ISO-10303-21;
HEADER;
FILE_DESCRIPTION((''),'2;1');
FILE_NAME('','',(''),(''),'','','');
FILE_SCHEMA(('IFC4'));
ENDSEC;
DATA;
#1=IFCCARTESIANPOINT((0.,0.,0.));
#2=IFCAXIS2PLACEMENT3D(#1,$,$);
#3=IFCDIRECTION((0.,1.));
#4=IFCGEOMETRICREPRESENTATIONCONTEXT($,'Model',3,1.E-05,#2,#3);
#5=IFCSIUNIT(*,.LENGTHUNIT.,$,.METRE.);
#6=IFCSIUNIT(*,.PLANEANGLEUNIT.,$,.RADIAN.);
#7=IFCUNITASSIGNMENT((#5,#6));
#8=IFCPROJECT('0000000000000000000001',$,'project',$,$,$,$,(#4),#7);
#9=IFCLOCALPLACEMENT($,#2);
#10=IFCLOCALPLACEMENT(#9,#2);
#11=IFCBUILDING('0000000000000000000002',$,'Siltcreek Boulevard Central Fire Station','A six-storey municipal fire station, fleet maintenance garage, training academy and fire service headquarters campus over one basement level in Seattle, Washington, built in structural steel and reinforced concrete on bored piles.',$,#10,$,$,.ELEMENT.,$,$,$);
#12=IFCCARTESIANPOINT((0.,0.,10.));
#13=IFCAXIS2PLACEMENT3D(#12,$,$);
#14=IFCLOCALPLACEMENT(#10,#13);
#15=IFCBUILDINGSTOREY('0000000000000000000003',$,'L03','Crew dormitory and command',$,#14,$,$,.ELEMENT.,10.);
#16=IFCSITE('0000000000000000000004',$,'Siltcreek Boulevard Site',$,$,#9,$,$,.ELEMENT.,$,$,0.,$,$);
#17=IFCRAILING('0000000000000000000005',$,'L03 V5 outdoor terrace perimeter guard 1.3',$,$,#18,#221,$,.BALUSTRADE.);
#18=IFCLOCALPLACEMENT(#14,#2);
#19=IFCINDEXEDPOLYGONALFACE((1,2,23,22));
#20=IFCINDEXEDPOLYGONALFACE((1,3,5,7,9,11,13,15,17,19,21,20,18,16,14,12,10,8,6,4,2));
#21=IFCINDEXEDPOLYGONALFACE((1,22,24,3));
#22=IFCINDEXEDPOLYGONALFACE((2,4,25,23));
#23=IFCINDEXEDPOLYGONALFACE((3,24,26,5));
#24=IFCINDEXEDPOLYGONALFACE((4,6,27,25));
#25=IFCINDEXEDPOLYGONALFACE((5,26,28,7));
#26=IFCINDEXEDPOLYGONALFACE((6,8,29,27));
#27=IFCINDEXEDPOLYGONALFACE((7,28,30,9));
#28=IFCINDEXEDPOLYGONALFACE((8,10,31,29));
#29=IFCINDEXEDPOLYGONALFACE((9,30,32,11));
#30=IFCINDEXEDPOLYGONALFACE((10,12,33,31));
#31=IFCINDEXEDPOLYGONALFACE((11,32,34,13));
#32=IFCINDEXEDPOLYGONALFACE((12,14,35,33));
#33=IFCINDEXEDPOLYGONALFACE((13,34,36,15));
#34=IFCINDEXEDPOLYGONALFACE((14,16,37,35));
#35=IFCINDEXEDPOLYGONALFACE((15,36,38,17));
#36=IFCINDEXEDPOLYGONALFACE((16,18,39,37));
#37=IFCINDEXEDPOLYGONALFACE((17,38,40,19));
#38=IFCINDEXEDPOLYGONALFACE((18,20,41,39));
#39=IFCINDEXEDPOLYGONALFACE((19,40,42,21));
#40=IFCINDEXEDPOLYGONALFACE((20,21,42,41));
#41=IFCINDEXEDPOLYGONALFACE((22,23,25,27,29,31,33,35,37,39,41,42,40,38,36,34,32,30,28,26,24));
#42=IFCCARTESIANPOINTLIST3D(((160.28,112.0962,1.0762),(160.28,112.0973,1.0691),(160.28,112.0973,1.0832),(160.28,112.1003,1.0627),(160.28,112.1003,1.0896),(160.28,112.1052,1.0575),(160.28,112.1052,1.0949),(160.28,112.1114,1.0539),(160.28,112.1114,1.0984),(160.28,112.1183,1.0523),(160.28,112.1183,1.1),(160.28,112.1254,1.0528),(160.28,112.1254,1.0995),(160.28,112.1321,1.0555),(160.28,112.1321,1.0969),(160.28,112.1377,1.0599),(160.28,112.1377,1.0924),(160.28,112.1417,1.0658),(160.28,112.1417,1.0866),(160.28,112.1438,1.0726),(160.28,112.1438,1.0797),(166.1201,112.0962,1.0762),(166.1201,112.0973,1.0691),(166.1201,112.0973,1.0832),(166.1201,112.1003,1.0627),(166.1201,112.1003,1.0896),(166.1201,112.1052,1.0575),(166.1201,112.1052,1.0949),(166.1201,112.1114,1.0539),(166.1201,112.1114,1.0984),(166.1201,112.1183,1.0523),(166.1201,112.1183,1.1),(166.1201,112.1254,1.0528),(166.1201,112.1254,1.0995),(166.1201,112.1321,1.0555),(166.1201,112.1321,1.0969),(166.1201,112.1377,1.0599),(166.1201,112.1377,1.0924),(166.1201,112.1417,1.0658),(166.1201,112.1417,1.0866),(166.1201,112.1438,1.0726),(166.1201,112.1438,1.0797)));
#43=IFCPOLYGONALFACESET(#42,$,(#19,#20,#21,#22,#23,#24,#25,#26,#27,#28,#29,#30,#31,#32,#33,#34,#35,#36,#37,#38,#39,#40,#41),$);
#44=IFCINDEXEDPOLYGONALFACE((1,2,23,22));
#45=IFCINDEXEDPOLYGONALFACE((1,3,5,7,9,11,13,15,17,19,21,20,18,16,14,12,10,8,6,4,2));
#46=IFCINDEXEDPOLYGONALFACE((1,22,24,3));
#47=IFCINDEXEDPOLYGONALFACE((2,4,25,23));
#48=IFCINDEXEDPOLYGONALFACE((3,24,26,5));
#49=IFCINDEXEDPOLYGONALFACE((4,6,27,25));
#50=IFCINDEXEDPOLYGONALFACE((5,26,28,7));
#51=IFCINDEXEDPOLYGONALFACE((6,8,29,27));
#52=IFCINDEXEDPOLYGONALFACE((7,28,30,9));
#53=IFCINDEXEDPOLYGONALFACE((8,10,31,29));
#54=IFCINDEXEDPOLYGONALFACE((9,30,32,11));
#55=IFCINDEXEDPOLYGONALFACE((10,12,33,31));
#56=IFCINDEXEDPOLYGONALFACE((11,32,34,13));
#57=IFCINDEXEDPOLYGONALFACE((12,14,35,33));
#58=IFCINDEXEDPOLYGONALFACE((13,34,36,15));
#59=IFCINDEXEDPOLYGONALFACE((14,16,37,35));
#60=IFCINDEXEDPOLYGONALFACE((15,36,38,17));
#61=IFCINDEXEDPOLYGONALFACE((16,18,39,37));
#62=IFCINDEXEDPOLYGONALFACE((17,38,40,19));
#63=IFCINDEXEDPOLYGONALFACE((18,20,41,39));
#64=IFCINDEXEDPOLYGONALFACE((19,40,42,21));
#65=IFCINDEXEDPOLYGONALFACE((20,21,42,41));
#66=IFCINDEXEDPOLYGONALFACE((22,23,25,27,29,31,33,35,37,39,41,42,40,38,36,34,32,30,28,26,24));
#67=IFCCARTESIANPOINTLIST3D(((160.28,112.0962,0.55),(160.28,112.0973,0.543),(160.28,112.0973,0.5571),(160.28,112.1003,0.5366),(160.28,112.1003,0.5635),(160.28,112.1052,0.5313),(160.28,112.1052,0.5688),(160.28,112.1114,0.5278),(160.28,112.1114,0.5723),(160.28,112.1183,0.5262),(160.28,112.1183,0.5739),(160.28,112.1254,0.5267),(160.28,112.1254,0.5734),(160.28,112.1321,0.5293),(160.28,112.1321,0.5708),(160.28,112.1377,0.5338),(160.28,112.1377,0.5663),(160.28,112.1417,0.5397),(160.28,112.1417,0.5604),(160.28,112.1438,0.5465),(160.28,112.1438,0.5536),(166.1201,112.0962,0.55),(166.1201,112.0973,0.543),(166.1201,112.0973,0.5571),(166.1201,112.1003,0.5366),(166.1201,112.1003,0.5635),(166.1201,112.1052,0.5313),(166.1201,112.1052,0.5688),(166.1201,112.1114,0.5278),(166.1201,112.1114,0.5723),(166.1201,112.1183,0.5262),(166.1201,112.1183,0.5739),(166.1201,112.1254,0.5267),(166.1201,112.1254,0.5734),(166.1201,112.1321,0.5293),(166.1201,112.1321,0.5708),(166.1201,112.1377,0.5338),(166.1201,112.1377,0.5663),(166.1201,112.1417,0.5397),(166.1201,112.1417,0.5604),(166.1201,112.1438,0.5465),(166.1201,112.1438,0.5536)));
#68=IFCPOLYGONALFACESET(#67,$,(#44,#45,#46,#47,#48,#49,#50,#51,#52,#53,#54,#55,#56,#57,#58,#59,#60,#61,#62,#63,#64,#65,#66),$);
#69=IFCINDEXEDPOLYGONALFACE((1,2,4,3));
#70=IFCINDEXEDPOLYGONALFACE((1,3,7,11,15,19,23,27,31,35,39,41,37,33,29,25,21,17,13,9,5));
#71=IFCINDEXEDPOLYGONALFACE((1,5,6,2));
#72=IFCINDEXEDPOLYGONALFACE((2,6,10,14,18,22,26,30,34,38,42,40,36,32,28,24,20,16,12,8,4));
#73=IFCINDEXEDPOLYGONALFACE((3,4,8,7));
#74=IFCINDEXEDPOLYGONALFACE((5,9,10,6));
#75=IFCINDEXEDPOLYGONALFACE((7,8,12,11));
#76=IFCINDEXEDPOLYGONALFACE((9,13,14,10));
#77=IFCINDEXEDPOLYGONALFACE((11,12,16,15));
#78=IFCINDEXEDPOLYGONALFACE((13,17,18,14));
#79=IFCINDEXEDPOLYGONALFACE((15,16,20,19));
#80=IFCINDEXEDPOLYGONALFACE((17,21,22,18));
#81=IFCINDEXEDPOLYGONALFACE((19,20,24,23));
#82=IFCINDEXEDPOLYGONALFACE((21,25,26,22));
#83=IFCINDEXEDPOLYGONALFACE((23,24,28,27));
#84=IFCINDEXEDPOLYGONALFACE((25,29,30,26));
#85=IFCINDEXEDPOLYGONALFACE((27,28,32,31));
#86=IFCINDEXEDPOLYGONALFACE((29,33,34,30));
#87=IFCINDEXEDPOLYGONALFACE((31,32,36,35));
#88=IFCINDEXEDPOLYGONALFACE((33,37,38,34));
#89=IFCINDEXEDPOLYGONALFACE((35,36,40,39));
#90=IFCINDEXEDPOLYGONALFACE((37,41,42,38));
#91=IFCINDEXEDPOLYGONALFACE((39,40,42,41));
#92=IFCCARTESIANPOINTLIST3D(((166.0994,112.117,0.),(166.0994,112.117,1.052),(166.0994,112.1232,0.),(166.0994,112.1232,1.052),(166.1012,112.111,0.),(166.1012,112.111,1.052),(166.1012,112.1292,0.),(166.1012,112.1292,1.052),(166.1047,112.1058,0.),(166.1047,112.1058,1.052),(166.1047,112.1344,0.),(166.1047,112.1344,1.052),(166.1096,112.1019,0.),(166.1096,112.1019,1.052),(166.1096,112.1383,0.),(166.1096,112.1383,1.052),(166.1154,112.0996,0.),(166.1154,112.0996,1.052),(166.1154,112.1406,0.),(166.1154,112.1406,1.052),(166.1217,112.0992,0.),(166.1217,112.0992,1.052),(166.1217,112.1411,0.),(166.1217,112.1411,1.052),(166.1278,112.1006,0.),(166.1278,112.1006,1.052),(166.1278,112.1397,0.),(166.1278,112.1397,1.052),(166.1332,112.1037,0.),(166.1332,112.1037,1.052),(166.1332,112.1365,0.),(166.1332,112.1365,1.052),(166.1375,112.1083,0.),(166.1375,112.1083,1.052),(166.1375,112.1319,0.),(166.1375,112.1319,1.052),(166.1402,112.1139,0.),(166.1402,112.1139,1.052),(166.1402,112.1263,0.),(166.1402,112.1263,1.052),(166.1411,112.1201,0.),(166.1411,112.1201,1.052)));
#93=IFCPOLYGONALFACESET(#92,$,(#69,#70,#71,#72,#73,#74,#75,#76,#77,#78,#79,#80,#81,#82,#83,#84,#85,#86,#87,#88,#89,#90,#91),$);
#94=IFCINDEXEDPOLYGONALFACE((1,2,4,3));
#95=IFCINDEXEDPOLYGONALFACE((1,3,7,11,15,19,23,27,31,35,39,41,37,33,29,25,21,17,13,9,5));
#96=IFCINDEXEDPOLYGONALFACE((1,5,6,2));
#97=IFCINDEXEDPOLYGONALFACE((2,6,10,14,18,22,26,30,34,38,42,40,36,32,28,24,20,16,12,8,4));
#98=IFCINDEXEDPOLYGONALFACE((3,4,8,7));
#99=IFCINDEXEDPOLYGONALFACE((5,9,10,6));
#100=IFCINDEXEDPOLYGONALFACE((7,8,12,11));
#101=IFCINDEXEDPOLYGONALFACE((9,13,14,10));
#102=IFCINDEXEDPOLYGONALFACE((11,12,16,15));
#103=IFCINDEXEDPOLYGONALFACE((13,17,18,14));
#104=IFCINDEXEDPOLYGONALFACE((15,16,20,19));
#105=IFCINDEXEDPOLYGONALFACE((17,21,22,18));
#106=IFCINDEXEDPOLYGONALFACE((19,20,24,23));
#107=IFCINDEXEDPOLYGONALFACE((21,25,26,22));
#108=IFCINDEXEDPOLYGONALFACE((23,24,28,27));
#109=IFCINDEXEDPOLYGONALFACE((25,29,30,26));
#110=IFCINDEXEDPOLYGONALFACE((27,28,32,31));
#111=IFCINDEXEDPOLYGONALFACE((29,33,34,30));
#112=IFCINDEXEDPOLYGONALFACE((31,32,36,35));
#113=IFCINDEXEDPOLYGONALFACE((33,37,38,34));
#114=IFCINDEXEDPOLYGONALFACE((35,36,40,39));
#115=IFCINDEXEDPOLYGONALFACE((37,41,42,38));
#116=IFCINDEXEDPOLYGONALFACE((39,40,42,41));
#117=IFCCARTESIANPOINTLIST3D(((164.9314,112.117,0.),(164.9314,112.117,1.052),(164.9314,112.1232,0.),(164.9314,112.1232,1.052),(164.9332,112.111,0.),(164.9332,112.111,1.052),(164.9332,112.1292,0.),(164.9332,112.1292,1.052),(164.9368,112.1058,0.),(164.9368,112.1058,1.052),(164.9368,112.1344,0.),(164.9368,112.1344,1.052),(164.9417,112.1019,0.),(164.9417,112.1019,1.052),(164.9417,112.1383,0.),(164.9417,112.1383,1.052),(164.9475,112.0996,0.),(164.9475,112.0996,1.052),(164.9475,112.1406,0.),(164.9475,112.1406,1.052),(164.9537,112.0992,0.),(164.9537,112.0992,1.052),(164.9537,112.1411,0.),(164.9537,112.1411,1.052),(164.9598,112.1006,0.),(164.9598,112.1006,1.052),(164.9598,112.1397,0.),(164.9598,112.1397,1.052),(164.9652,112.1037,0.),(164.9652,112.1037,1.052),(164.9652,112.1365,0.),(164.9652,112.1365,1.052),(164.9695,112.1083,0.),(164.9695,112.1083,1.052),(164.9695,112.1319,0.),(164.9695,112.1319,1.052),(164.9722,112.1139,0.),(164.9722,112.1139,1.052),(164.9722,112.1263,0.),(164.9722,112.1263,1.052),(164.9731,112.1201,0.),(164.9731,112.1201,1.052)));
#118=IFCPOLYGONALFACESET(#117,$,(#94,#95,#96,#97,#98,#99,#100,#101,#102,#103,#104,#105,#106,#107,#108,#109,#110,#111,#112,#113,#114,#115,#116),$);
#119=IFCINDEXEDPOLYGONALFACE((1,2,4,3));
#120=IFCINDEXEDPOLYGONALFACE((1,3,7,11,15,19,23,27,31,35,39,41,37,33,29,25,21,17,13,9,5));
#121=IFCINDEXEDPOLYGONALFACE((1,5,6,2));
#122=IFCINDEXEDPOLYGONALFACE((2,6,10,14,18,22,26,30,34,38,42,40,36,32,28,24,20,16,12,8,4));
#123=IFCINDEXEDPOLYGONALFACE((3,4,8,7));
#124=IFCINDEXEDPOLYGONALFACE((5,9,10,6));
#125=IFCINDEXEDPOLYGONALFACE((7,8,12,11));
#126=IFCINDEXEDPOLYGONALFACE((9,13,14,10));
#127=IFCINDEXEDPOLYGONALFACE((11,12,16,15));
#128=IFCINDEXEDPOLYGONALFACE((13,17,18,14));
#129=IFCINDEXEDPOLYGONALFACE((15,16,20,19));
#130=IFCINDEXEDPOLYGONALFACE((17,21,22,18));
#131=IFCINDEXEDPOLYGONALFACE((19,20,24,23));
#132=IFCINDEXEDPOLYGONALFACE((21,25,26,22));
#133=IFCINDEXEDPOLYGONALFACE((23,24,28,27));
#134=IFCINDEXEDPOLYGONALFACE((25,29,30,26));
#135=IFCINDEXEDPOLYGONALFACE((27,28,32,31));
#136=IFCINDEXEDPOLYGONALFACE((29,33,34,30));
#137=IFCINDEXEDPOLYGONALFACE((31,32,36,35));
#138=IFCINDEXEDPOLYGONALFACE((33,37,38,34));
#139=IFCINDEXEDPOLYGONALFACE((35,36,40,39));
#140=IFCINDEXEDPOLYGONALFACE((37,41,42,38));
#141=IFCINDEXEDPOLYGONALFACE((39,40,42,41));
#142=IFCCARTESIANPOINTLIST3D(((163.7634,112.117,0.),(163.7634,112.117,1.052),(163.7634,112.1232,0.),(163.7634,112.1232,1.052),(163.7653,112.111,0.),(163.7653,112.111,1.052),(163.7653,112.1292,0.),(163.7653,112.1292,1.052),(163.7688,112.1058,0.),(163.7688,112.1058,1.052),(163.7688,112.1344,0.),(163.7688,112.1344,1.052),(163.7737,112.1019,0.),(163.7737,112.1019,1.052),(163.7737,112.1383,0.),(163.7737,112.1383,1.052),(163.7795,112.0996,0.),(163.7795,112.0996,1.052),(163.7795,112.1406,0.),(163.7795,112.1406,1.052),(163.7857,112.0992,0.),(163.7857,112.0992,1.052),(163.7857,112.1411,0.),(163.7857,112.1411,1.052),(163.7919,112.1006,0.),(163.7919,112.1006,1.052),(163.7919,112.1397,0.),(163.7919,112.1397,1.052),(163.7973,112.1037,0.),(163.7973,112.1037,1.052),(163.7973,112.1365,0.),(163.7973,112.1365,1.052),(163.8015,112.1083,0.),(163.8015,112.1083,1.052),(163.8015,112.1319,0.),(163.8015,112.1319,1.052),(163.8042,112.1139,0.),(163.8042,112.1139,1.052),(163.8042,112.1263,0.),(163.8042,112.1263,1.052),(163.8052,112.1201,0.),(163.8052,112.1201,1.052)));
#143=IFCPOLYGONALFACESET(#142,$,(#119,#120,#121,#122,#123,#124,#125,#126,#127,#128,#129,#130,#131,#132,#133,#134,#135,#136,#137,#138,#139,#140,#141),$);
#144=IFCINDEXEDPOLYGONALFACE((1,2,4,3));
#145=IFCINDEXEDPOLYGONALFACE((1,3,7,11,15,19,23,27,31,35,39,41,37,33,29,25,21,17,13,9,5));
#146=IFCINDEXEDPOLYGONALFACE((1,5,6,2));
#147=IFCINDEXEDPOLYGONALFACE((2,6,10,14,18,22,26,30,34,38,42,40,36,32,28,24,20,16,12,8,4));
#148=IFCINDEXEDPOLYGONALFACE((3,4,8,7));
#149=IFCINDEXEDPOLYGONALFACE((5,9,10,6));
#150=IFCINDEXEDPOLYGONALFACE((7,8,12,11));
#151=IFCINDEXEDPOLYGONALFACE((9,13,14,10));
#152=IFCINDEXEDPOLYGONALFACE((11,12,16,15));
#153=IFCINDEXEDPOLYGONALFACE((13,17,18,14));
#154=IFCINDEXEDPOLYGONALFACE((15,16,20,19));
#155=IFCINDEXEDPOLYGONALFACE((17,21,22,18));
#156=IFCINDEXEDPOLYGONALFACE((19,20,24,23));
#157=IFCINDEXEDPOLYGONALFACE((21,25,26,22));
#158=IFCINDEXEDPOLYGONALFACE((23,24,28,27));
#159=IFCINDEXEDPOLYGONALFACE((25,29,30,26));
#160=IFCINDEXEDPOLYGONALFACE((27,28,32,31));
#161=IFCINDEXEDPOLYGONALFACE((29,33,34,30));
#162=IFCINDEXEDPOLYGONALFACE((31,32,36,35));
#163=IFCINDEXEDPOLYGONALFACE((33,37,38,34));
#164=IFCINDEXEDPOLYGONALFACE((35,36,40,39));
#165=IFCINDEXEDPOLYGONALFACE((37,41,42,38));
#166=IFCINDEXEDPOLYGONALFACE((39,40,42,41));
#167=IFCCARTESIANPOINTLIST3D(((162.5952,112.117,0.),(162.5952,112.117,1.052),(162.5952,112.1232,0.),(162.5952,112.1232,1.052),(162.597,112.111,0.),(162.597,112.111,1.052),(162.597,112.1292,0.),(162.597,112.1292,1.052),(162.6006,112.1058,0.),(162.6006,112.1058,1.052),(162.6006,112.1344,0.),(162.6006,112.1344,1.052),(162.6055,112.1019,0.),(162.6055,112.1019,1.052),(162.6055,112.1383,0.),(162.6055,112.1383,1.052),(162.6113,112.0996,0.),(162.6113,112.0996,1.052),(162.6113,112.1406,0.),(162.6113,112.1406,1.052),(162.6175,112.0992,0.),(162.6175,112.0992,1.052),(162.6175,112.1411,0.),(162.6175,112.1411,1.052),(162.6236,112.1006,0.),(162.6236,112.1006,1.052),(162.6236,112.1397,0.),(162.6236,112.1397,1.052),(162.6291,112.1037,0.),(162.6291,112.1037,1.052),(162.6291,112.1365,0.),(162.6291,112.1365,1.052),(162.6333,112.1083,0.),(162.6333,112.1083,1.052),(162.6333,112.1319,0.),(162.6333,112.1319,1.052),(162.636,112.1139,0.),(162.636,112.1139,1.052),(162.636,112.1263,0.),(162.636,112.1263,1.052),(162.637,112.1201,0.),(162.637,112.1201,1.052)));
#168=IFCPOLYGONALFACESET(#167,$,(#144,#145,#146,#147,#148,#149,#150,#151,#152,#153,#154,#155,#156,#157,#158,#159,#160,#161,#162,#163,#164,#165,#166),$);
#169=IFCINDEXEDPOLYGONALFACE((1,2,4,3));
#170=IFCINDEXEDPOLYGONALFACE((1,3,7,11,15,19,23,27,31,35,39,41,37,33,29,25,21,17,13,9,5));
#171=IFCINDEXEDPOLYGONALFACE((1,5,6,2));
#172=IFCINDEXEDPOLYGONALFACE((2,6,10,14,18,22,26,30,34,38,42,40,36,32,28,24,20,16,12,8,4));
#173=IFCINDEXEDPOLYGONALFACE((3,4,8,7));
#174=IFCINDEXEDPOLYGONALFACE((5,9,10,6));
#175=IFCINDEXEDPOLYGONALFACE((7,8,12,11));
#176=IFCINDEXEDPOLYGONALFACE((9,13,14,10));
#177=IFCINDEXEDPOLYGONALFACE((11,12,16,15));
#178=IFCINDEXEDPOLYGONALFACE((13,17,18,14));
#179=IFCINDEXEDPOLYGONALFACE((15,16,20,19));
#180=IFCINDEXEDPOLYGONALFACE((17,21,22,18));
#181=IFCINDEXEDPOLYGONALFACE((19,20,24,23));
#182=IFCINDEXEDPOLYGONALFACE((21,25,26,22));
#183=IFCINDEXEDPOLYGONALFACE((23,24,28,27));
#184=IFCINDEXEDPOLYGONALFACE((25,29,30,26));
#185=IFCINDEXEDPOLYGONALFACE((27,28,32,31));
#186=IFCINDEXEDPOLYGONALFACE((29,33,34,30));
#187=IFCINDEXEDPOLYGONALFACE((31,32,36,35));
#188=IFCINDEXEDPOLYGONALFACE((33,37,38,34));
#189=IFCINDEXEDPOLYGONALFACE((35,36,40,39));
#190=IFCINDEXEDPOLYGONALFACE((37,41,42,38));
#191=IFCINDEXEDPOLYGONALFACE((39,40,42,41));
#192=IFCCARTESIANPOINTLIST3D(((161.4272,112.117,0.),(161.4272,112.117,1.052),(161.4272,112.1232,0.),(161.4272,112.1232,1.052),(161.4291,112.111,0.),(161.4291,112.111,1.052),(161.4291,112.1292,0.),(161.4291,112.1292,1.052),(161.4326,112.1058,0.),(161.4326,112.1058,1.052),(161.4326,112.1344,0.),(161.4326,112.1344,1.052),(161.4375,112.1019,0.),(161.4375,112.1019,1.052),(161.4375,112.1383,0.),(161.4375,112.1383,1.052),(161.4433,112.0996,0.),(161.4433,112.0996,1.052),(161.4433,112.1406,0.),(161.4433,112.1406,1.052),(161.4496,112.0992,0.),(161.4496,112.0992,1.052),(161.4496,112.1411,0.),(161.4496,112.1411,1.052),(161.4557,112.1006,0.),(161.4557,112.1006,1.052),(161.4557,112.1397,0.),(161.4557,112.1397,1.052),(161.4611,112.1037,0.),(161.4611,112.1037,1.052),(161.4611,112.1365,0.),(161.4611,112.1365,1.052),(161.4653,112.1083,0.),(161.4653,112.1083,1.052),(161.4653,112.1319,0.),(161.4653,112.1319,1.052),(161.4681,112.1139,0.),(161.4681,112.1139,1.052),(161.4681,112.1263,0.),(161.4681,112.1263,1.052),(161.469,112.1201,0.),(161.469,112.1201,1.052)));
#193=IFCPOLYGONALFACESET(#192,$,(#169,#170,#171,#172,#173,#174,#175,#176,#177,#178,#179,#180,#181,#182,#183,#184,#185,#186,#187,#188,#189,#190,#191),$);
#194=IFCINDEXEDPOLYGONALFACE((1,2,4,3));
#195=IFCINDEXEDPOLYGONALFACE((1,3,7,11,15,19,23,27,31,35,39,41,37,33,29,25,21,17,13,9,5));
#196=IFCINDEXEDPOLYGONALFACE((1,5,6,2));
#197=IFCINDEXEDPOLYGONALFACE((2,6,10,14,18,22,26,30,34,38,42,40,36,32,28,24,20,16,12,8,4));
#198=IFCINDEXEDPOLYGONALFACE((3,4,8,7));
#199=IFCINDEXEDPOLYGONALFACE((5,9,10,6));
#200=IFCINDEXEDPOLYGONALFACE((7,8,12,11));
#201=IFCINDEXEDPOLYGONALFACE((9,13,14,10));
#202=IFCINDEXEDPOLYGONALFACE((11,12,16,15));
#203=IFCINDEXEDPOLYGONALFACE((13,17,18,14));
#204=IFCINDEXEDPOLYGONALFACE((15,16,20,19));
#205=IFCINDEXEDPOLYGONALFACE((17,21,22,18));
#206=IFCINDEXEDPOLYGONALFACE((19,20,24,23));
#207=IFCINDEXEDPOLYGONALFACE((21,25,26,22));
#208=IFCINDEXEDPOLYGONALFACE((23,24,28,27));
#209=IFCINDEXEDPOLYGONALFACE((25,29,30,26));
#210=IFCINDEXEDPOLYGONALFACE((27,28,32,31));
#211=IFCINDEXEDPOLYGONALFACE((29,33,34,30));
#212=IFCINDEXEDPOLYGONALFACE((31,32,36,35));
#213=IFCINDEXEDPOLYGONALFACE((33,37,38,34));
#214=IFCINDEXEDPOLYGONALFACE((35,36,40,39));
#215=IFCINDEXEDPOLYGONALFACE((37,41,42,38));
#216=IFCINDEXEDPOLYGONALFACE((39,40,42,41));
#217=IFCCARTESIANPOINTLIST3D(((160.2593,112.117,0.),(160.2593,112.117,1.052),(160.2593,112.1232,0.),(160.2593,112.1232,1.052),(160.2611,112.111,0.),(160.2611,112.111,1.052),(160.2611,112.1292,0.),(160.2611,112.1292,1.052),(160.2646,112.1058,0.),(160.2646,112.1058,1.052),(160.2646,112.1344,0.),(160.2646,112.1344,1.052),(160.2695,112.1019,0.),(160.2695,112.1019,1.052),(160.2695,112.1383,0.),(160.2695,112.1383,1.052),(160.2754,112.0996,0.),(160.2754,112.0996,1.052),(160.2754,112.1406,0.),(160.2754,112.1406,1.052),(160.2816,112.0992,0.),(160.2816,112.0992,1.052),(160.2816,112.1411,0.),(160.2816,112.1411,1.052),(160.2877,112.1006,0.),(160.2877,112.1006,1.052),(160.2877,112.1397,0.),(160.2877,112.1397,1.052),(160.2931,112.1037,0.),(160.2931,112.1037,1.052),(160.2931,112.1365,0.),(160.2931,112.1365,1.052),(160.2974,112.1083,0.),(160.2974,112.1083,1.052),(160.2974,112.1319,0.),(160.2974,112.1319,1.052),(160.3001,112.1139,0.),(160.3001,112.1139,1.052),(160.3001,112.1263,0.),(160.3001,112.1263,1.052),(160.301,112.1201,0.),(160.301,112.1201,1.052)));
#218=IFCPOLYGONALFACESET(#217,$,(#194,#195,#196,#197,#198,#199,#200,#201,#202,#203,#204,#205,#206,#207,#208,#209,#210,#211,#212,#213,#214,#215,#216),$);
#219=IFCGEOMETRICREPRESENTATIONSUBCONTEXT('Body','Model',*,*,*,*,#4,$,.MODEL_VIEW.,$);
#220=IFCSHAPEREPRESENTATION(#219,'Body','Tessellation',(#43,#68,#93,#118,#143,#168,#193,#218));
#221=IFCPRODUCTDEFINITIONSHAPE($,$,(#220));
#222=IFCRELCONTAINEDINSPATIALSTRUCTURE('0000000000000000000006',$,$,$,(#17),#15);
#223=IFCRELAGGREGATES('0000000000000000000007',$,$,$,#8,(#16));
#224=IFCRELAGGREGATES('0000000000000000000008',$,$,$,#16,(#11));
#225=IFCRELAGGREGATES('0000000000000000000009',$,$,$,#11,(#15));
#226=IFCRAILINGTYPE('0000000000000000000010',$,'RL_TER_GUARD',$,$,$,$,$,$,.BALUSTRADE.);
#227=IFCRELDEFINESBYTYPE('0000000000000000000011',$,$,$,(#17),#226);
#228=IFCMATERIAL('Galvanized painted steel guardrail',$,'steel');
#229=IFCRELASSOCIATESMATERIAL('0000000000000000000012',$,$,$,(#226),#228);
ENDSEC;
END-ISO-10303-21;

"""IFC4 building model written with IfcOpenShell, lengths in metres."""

from ifc_helpers import new_model, si_unit, direction, frame, origin, origin_2d, place, context, subcontext, project, spatial, circle, extrude, material, type_object, element, save


model = new_model("IFC4")

# Units and contexts
model_context = context("Model", 3, precision=1e-05, world=origin(), true_north=direction((0.0, 1.0)))
body_context = subcontext(model_context, "Body", "Model", "MODEL_VIEW")
ifc_project = project(units=[si_unit("LENGTHUNIT", "METRE"), si_unit("PLANEANGLEUNIT", "RADIAN")], contexts=[model_context])

# Site, building, storey
site_placement = place(None, origin())
site = spatial("IfcSite", under=ifc_project, at=site_placement, Name="Siltcreek Boulevard Site", CompositionType="ELEMENT", RefElevation=0.0)
building_placement = place(site_placement, origin())
building = spatial("IfcBuilding", under=site, at=building_placement, Name="Siltcreek Boulevard Central Fire Station", Description="A six-storey municipal fire station, fleet maintenance garage, training academy and fire service headquarters campus over one basement level in Seattle, Washington, built in structural steel and reinforced concrete on bored piles.", CompositionType="ELEMENT")
storey_placement = place(building_placement, frame((0.0, 0.0, 10.0)))
storey = spatial("IfcBuildingStorey", under=building, at=storey_placement, Name="L03", Description="Crew dormitory and command", CompositionType="ELEMENT", Elevation=10.0)

# Railing
ifc_material_1 = material(Name="Galvanized painted steel guardrail", Category="steel")
railing_type = type_object("IfcRailingType", Name="RL_TER_GUARD", PredefinedType="BALUSTRADE", material=ifc_material_1)
railing_placement = place(storey_placement, frame((166.1201, 112.1201, 0.0)))
element("IfcRailing", 1, at=railing_placement, inside=storey, type_object=railing_type, Name="L03 V5 outdoor terrace perimeter guard 1.3", PredefinedType="BALUSTRADE", context=body_context, shape_type="SweptSolid", body=[
    extrude(circle(Radius=0.0239, at=origin_2d()), frame((0.0, 0.0, 1.0762), z_axis=(-1.0, 0.0, 0.0), x_axis=(0.0, -1.0, 0.0)), (0.0, 0.0, 1.0), 5.8401),
    extrude(circle(Radius=0.0239, at=origin_2d()), frame((0.0, 0.0, 0.55), z_axis=(-1.0, 0.0, 0.0), x_axis=(0.0, -1.0, 0.0)), (0.0, 0.0, 1.0), 5.8401),
    extrude(circle(Radius=0.021, at=origin_2d()), origin(), (0.0, 0.0, 1.0), 1.052),
    extrude(circle(Radius=0.021, at=origin_2d()), frame((-1.168, 0.0, 0.0)), (0.0, 0.0, 1.0), 1.052),
    extrude(circle(Radius=0.021, at=origin_2d()), frame((-2.3359, 0.0, 0.0)), (0.0, 0.0, 1.0), 1.052),
    extrude(circle(Radius=0.021, at=origin_2d()), frame((-3.5042, 0.0, 0.0)), (0.0, 0.0, 1.0), 1.052),
    extrude(circle(Radius=0.021, at=origin_2d()), frame((-4.6721, 0.0, 0.0)), (0.0, 0.0, 1.0), 1.052),
    extrude(circle(Radius=0.021, at=origin_2d()), frame((-5.8401, 0.0, 0.0)), (0.0, 0.0, 1.0), 1.052),
])

save(model, "model.ifc")
